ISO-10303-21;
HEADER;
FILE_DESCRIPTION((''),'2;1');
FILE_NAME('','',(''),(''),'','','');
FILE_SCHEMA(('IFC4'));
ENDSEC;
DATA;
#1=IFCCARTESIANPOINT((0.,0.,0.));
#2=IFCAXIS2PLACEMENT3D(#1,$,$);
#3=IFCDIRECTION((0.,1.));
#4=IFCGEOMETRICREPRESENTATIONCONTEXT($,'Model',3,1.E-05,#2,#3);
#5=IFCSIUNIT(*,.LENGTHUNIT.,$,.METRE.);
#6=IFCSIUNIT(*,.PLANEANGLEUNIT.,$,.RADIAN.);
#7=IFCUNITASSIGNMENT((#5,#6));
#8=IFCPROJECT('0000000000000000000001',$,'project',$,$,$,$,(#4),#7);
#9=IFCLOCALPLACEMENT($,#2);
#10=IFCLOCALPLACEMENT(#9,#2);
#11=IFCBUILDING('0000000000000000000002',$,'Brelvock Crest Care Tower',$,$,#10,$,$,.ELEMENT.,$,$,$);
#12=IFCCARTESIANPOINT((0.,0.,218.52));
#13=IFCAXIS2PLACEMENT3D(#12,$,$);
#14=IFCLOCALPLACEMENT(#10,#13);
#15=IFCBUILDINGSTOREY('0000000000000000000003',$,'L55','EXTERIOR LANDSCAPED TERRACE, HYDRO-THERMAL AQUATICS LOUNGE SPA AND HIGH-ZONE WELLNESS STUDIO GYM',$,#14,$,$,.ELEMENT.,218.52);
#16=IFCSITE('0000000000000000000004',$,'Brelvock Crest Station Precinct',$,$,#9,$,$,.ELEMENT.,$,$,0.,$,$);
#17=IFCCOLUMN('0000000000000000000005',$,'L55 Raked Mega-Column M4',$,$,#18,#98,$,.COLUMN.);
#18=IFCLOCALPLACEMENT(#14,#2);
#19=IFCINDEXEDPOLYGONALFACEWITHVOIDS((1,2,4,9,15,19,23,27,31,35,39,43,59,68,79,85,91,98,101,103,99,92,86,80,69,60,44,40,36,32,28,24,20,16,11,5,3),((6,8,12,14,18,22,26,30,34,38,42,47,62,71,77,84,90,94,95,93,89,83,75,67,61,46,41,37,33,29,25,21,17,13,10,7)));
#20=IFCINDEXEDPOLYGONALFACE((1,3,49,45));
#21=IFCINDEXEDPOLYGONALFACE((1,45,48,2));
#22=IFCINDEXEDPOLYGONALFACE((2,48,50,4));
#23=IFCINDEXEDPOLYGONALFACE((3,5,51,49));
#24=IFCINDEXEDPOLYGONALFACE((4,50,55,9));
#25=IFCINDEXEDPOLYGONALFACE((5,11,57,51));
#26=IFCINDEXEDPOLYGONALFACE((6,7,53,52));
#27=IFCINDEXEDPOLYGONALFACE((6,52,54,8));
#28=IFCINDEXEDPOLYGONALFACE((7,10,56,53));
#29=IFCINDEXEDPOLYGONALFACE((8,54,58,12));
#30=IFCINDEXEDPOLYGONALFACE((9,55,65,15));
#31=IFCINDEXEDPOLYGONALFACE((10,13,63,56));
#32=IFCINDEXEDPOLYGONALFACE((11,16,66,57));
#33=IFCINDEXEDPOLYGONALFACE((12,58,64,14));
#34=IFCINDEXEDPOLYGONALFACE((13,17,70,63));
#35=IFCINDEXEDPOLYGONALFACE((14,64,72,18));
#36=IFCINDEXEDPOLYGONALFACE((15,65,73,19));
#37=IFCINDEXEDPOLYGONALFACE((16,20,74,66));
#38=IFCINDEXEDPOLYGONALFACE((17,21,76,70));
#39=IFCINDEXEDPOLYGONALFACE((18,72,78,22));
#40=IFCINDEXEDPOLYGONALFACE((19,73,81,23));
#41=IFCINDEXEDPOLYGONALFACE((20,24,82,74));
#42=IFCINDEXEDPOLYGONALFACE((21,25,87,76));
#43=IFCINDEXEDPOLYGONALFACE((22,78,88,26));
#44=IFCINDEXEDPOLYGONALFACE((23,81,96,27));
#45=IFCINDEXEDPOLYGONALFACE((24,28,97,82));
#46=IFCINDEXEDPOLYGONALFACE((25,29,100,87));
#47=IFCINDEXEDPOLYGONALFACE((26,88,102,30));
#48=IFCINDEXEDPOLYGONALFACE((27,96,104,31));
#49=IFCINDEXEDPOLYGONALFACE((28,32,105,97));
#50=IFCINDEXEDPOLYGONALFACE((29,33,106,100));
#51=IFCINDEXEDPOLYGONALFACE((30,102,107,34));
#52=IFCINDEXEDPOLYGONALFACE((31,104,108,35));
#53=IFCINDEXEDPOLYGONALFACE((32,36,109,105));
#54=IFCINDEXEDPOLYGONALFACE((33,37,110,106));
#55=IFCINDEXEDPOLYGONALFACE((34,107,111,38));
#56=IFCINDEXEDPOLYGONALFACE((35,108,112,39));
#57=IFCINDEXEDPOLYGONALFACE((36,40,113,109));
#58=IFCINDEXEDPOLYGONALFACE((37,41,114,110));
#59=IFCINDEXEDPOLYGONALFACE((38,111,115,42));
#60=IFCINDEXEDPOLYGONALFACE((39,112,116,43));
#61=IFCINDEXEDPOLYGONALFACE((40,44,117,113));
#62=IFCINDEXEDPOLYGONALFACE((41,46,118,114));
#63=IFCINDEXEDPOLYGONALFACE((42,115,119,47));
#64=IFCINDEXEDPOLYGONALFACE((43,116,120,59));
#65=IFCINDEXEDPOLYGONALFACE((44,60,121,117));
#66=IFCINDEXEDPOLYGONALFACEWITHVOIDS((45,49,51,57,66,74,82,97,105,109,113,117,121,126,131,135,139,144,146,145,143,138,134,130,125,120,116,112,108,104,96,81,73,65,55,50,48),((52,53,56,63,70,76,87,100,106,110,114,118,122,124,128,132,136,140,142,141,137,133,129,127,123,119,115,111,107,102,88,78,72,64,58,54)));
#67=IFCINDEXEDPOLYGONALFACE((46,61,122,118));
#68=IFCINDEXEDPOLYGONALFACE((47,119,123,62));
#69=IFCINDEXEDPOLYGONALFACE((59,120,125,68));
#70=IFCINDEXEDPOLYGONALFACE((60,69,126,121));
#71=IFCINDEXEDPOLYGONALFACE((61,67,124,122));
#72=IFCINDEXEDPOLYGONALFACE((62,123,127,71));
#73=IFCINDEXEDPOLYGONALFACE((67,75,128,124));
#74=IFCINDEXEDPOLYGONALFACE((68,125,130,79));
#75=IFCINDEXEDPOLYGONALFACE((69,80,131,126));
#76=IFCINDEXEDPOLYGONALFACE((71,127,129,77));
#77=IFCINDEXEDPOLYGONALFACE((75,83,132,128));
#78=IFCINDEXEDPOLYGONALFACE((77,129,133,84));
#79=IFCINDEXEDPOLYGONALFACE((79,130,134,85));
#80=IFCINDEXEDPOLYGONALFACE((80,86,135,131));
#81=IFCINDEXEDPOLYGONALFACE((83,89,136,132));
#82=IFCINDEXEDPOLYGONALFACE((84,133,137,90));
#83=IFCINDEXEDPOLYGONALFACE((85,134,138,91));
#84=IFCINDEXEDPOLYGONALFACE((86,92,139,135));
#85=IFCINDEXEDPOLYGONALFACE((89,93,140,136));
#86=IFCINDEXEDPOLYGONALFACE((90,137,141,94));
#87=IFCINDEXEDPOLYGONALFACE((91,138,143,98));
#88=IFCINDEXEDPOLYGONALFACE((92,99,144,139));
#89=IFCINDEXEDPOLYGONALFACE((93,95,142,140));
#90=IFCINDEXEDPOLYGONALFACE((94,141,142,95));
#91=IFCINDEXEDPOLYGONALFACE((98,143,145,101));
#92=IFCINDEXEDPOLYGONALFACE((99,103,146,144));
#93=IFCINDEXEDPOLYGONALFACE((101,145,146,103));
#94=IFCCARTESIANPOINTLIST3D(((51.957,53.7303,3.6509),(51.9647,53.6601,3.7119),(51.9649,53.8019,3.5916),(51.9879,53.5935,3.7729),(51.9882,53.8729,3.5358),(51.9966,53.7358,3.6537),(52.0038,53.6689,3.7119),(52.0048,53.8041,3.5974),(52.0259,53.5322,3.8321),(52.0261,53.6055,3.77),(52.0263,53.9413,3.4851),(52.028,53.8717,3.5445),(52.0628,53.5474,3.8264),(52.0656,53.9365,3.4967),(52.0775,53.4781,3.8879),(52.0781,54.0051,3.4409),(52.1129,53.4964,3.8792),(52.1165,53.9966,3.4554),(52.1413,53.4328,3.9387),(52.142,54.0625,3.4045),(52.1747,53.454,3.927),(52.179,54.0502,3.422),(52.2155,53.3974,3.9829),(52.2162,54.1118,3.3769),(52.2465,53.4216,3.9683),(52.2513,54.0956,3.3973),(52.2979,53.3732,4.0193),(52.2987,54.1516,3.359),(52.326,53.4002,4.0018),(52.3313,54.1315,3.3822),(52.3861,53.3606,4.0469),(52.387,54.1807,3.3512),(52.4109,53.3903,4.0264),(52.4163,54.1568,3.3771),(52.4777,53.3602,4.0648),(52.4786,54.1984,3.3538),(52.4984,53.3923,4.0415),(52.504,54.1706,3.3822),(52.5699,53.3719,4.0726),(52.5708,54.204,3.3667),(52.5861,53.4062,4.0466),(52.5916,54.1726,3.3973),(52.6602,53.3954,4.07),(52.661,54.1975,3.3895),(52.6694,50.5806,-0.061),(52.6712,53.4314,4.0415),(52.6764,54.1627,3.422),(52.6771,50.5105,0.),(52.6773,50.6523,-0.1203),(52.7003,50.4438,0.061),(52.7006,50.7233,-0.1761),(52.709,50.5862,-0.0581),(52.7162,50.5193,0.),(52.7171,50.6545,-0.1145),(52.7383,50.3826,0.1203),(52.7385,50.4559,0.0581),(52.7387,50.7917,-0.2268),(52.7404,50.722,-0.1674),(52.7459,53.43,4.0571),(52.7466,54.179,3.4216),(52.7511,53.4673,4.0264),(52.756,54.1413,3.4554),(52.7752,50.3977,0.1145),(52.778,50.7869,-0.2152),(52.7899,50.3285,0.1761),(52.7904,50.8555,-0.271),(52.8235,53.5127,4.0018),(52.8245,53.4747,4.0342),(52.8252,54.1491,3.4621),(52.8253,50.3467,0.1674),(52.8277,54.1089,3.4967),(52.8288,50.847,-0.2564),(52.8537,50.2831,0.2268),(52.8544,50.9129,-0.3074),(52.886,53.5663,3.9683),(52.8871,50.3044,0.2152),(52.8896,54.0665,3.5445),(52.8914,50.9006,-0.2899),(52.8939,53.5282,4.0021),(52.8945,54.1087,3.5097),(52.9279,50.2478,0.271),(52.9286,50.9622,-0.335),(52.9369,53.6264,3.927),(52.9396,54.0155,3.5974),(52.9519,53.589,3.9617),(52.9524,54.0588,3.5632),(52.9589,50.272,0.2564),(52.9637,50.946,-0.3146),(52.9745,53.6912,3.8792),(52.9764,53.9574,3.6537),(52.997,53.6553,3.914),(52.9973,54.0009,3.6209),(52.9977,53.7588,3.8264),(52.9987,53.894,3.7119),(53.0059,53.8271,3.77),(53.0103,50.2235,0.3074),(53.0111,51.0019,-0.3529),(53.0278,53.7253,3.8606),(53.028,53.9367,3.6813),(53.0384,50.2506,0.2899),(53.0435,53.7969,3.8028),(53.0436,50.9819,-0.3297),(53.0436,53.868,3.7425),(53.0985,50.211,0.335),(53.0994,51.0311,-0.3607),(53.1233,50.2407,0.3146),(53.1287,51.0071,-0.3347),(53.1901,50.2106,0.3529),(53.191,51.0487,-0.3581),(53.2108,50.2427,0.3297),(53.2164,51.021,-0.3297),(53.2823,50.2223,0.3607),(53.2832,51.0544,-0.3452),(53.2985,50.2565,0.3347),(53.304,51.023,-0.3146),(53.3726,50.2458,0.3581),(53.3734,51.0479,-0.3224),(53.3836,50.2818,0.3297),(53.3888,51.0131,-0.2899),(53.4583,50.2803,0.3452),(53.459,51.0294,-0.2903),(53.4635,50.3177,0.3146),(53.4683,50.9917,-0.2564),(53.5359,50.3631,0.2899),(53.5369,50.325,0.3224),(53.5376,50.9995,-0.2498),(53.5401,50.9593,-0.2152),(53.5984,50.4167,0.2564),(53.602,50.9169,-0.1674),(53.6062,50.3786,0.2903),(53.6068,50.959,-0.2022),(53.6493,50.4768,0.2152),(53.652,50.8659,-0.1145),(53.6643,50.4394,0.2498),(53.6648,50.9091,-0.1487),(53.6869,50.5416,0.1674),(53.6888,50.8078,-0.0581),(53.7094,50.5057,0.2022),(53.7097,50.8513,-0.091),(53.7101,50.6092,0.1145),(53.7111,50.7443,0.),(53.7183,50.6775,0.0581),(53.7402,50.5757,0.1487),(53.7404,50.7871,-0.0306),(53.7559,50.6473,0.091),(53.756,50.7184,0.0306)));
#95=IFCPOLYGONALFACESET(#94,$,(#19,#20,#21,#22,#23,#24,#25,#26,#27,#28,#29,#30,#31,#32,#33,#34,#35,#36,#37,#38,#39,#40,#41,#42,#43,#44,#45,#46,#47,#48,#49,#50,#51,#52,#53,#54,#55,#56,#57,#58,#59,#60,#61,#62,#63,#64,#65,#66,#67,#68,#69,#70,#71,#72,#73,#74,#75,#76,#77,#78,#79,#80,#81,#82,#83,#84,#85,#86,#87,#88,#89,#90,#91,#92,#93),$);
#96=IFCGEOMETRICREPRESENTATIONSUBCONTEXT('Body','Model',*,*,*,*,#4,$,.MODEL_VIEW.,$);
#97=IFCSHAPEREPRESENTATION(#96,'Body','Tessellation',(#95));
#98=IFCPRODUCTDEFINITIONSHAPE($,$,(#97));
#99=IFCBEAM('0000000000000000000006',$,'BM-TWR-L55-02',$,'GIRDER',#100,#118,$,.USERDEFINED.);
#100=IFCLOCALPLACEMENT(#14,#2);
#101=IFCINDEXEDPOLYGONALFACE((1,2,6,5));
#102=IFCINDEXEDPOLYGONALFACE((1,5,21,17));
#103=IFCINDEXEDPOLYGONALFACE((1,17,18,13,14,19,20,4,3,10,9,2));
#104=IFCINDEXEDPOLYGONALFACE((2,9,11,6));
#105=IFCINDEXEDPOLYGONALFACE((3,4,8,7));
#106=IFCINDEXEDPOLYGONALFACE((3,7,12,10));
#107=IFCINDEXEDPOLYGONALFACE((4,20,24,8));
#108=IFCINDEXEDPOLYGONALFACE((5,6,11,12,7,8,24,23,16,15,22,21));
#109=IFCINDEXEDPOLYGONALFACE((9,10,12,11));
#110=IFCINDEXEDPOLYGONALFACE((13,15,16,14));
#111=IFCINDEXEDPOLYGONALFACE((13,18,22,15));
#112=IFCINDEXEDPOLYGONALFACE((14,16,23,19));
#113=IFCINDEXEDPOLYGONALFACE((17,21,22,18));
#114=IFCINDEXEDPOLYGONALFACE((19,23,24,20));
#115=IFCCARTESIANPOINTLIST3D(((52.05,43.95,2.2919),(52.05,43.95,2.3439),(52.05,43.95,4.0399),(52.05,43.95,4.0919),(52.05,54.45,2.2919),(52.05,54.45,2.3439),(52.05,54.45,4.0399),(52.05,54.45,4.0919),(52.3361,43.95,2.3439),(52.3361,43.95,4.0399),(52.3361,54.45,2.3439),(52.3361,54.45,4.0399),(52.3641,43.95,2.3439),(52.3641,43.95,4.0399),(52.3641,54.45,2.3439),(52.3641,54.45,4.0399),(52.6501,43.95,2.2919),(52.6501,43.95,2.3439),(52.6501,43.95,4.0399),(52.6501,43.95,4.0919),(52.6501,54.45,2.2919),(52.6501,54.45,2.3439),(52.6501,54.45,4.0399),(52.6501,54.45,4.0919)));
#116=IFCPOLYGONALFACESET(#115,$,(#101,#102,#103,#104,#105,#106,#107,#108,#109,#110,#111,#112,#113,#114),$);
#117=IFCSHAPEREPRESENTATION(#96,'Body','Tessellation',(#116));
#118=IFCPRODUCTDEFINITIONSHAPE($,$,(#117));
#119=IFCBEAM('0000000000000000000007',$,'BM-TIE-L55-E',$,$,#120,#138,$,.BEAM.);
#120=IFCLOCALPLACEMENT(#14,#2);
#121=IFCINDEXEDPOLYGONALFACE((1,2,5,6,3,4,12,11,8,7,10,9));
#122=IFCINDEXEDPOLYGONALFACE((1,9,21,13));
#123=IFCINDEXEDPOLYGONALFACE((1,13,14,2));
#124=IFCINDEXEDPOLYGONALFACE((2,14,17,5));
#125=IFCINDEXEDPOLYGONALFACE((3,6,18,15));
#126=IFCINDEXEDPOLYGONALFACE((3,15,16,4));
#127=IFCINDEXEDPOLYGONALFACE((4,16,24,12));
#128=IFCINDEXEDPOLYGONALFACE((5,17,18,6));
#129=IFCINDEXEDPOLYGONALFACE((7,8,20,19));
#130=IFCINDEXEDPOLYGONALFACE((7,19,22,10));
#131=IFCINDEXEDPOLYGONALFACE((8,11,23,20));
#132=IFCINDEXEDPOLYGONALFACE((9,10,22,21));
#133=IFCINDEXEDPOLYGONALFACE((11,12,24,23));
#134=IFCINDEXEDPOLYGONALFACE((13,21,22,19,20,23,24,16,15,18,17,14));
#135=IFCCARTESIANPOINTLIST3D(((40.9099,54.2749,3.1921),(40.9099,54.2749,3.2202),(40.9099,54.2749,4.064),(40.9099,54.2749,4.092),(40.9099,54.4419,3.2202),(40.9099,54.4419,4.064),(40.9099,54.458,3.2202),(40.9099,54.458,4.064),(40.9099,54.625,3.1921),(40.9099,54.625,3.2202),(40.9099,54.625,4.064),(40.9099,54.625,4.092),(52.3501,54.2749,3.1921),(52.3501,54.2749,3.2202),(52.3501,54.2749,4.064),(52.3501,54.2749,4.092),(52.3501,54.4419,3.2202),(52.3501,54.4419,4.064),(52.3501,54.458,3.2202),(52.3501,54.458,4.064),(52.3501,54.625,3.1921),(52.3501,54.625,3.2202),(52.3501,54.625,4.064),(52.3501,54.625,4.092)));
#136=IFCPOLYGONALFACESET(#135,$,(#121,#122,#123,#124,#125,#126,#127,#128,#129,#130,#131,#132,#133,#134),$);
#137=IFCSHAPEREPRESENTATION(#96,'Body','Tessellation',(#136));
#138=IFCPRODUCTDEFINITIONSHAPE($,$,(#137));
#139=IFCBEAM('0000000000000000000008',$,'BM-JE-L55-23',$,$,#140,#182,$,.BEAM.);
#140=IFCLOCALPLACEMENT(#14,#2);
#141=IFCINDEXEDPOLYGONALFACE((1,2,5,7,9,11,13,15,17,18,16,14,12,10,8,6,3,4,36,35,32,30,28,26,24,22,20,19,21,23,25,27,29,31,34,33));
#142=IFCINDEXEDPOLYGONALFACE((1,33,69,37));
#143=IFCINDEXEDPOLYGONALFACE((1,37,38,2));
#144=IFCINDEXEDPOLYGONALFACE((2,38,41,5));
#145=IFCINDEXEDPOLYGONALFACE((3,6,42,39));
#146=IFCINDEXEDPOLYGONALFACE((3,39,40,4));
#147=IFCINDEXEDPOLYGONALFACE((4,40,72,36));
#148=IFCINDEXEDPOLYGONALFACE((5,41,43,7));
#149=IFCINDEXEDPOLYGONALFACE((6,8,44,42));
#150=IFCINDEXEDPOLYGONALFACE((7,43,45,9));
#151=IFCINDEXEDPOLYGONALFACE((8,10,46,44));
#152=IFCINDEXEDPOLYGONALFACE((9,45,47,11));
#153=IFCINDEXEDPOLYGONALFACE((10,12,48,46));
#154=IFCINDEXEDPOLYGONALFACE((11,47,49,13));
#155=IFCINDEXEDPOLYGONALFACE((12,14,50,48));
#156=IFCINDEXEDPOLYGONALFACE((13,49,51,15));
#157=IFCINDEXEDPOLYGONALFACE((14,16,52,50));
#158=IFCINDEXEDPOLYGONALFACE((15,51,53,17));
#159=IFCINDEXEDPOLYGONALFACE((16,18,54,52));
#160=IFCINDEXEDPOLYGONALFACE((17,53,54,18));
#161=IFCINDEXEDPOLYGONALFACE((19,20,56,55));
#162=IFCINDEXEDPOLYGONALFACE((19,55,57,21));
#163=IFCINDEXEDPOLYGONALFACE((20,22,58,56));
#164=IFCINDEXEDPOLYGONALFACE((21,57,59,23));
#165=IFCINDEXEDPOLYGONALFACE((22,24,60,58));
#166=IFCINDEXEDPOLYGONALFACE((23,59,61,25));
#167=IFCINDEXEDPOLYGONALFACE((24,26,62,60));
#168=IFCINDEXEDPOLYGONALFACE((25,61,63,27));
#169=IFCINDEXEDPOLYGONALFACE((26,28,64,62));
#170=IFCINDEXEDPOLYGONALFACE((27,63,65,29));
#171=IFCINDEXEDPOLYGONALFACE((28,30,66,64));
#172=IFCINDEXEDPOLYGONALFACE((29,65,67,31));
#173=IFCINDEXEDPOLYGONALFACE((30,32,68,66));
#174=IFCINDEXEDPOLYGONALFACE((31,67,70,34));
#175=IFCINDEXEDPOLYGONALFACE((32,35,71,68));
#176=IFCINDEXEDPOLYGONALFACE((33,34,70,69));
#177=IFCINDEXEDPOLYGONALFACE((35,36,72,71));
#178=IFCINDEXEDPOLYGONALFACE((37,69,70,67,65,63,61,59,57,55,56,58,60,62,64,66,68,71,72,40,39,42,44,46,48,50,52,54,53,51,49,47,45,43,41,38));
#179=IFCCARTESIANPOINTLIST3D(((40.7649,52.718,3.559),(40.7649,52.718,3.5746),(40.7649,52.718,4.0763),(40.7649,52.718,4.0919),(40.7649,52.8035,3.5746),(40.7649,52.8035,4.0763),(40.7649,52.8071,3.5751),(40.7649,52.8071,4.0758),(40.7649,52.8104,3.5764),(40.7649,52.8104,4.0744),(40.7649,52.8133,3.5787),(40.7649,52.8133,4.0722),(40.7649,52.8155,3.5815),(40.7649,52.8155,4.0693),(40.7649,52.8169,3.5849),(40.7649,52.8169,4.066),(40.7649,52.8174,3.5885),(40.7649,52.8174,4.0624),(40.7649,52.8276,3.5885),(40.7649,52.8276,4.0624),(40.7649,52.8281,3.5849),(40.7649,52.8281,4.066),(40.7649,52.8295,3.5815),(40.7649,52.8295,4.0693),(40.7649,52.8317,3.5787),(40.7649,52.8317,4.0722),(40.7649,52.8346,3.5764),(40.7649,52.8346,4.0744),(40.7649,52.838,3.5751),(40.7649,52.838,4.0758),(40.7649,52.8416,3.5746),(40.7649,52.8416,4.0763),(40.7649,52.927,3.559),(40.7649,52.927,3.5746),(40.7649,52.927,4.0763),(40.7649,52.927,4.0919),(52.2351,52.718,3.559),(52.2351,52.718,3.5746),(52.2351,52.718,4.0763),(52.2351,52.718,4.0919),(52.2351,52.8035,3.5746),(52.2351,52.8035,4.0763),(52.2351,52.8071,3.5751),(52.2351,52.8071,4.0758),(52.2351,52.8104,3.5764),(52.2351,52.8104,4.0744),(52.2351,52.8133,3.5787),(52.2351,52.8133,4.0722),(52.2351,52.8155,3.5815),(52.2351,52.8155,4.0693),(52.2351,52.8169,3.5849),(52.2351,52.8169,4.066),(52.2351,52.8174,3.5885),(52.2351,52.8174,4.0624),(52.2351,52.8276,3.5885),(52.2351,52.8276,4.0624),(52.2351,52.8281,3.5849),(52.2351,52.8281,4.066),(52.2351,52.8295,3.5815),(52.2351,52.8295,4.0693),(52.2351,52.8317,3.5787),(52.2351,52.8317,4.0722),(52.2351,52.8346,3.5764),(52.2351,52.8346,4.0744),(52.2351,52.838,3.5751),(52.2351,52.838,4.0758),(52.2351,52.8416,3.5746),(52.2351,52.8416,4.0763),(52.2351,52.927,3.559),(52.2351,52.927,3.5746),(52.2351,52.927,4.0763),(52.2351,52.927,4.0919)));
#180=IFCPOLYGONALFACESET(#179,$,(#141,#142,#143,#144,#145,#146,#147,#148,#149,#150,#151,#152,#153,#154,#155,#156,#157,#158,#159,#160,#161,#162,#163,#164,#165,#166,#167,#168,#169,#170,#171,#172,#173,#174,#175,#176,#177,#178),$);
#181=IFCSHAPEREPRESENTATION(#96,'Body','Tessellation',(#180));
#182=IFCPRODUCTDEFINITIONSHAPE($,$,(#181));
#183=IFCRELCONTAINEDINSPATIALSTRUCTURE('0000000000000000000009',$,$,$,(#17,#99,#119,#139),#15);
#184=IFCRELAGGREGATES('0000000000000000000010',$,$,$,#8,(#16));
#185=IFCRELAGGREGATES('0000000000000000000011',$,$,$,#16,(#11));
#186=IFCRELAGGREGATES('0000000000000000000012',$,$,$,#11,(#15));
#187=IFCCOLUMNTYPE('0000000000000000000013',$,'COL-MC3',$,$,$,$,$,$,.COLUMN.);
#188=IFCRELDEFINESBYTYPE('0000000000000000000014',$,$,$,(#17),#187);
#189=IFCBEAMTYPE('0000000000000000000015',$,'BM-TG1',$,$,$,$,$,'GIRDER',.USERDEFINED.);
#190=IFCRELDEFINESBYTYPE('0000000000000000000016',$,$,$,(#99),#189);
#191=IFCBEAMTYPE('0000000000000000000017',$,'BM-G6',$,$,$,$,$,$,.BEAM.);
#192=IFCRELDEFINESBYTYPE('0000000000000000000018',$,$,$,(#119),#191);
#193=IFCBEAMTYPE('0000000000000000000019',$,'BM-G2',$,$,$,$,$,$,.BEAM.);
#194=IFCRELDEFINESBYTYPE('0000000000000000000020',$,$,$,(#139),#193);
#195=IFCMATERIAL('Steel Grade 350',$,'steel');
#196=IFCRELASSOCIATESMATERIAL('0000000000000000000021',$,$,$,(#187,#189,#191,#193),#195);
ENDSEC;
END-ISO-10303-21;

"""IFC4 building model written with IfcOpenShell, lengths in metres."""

from ifc_helpers import new_model, si_unit, direction, frame, origin, origin_2d, place, context, subcontext, project, spatial, hollow_circle, i_section, extrude, source, transform, mapped, material, material_profile, profile_set, type_object, element, save


model = new_model("IFC4")

# Units and contexts
model_context = context("Model", 3, precision=1e-05, world=origin(), true_north=direction((0.0, 1.0)))
body_context = subcontext(model_context, "Body", "Model", "MODEL_VIEW")
ifc_project = project(units=[si_unit("LENGTHUNIT", "METRE"), si_unit("PLANEANGLEUNIT", "RADIAN")], contexts=[model_context])

# Site, building, storey
site_placement = place(None, origin())
site = spatial("IfcSite", under=ifc_project, at=site_placement, Name="Brelvock Crest Station Precinct", CompositionType="ELEMENT", RefElevation=0.0)
building_placement = place(site_placement, origin())
building = spatial("IfcBuilding", under=site, at=building_placement, Name="Brelvock Crest Care Tower", CompositionType="ELEMENT")
storey_placement = place(building_placement, frame((0.0, 0.0, 218.52)))
storey = spatial("IfcBuildingStorey", under=building, at=storey_placement, Name="L55", Description="EXTERIOR LANDSCAPED TERRACE, HYDRO-THERMAL AQUATICS LOUNGE SPA AND HIGH-ZONE WELLNESS STUDIO GYM", CompositionType="ELEMENT", Elevation=218.52)

# Column
ifc_material_1 = material(Name="Steel Grade 350", Category="steel")
ifc_material_profile_1 = material_profile(ifc_material_1, hollow_circle(Radius=0.55, WallThickness=0.04, at=origin_2d()), Name="CFT1100x40")
ifc_profile_set_1 = profile_set([ifc_material_profile_1], Name="Steel Grade 350")
column_type = type_object("IfcColumnType", Name="COL-MC3", PredefinedType="COLUMN", material=ifc_profile_set_1)
shared_shape_1 = source(origin(), body_context, "Body", "SweptSolid", [
    extrude(hollow_circle(Radius=0.55, WallThickness=0.04, at=origin_2d()), origin(), (0.0, 0.0, 1.0), 4.9199),
])
column_placement = place(storey_placement, frame((53.2136, 50.6318, 0.0), z_axis=(-0.144798, 0.640177, 0.754458), x_axis=(-0.975362, -0.220611, 0.0)))
element("IfcColumn", 1, at=column_placement, inside=storey, type_object=column_type, Name="L55 Raked Mega-Column M4", PredefinedType="COLUMN", context=body_context, shape_type="MappedRepresentation", body=[
    mapped(shared_shape_1, transform((0.0, 0.0, 0.0), x_axis=(1.0, 0.0, 0.0), y_axis=(0.0, 1.0, 0.0), z_axis=(0.0, 0.0, 1.0), scale=1.0)),
])

# Beams
ifc_material_profile_2 = material_profile(ifc_material_1, i_section(OverallWidth=0.6001, OverallDepth=1.8, WebThickness=0.0281, FlangeThickness=0.052, at=origin_2d()), Name="1800TG740")
ifc_profile_set_2 = profile_set([ifc_material_profile_2], Name="Steel Grade 350")
beam_type_1 = type_object("IfcBeamType", Name="BM-TG1", ElementType="GIRDER", PredefinedType="USERDEFINED", material=ifc_profile_set_2)
shared_shape_2 = source(origin(), body_context, "Body", "SweptSolid", [
    extrude(i_section(OverallWidth=0.6001, OverallDepth=1.8, WebThickness=0.0281, FlangeThickness=0.052, at=origin_2d()), origin(), (0.0, 0.0, 1.0), 10.5),
])
beam_1_placement = place(storey_placement, frame((52.3501, 43.95, 3.1919), z_axis=(0.0, 1.0, 0.0), x_axis=(-1.0, 0.0, 0.0)))
element("IfcBeam", 2, at=beam_1_placement, inside=storey, type_object=beam_type_1, Name="BM-TWR-L55-02", ObjectType="GIRDER", PredefinedType="USERDEFINED", context=body_context, shape_type="MappedRepresentation", body=[
    mapped(shared_shape_2, transform((0.0, 0.0, 0.0), x_axis=(1.0, 0.0, 0.0), y_axis=(0.0, 1.0, 0.0), z_axis=(0.0, 0.0, 1.0), scale=1.0)),
])
ifc_material_profile_3 = material_profile(ifc_material_1, i_section(OverallWidth=0.3501, OverallDepth=0.8999, WebThickness=0.0161, FlangeThickness=0.0281, at=origin_2d()), Name="900WB257")
ifc_profile_set_3 = profile_set([ifc_material_profile_3], Name="Steel Grade 350")
beam_type_2 = type_object("IfcBeamType", Name="BM-G6", PredefinedType="BEAM", material=ifc_profile_set_3)
shared_shape_3 = source(origin(), body_context, "Body", "SweptSolid", [
    extrude(i_section(OverallWidth=0.3501, OverallDepth=0.8999, WebThickness=0.0161, FlangeThickness=0.0281, at=origin_2d()), origin(), (0.0, 0.0, 1.0), 11.4402),
])
beam_2_placement = place(storey_placement, frame((40.9099, 54.45, 3.6421), z_axis=(1.0, 0.0, 0.0), x_axis=(0.0, 1.0, 0.0)))
element("IfcBeam", 3, at=beam_2_placement, inside=storey, type_object=beam_type_2, Name="BM-TIE-L55-E", PredefinedType="BEAM", context=body_context, shape_type="MappedRepresentation", body=[
    mapped(shared_shape_3, transform((0.0, 0.0, 0.0), x_axis=(1.0, 0.0, 0.0), y_axis=(0.0, 1.0, 0.0), z_axis=(0.0, 0.0, 1.0), scale=1.0)),
])
ifc_material_profile_4 = material_profile(ifc_material_1, i_section(OverallWidth=0.209, OverallDepth=0.533, WebThickness=0.0103, FlangeThickness=0.0156, FilletRadius=0.0139, at=origin_2d()), Name="530UB92.4")
ifc_profile_set_4 = profile_set([ifc_material_profile_4], Name="Steel Grade 350")
beam_type_3 = type_object("IfcBeamType", Name="BM-G2", PredefinedType="BEAM", material=ifc_profile_set_4)
shared_shape_4 = source(origin(), body_context, "Body", "SweptSolid", [
    extrude(i_section(OverallWidth=0.209, OverallDepth=0.533, WebThickness=0.0103, FlangeThickness=0.0156, FilletRadius=0.0139, at=origin_2d()), origin(), (0.0, 0.0, 1.0), 11.4702),
])
beam_3_placement = place(storey_placement, frame((40.7649, 52.8225, 3.8254), z_axis=(1.0, 0.0, 0.0), x_axis=(0.0, 1.0, 0.0)))
element("IfcBeam", 4, at=beam_3_placement, inside=storey, type_object=beam_type_3, Name="BM-JE-L55-23", PredefinedType="BEAM", context=body_context, shape_type="MappedRepresentation", body=[
    mapped(shared_shape_4, transform((0.0, 0.0, 0.0), x_axis=(1.0, 0.0, 0.0), y_axis=(0.0, 1.0, 0.0), z_axis=(0.0, 0.0, 1.0), scale=1.0)),
])

save(model, "model.ifc")
